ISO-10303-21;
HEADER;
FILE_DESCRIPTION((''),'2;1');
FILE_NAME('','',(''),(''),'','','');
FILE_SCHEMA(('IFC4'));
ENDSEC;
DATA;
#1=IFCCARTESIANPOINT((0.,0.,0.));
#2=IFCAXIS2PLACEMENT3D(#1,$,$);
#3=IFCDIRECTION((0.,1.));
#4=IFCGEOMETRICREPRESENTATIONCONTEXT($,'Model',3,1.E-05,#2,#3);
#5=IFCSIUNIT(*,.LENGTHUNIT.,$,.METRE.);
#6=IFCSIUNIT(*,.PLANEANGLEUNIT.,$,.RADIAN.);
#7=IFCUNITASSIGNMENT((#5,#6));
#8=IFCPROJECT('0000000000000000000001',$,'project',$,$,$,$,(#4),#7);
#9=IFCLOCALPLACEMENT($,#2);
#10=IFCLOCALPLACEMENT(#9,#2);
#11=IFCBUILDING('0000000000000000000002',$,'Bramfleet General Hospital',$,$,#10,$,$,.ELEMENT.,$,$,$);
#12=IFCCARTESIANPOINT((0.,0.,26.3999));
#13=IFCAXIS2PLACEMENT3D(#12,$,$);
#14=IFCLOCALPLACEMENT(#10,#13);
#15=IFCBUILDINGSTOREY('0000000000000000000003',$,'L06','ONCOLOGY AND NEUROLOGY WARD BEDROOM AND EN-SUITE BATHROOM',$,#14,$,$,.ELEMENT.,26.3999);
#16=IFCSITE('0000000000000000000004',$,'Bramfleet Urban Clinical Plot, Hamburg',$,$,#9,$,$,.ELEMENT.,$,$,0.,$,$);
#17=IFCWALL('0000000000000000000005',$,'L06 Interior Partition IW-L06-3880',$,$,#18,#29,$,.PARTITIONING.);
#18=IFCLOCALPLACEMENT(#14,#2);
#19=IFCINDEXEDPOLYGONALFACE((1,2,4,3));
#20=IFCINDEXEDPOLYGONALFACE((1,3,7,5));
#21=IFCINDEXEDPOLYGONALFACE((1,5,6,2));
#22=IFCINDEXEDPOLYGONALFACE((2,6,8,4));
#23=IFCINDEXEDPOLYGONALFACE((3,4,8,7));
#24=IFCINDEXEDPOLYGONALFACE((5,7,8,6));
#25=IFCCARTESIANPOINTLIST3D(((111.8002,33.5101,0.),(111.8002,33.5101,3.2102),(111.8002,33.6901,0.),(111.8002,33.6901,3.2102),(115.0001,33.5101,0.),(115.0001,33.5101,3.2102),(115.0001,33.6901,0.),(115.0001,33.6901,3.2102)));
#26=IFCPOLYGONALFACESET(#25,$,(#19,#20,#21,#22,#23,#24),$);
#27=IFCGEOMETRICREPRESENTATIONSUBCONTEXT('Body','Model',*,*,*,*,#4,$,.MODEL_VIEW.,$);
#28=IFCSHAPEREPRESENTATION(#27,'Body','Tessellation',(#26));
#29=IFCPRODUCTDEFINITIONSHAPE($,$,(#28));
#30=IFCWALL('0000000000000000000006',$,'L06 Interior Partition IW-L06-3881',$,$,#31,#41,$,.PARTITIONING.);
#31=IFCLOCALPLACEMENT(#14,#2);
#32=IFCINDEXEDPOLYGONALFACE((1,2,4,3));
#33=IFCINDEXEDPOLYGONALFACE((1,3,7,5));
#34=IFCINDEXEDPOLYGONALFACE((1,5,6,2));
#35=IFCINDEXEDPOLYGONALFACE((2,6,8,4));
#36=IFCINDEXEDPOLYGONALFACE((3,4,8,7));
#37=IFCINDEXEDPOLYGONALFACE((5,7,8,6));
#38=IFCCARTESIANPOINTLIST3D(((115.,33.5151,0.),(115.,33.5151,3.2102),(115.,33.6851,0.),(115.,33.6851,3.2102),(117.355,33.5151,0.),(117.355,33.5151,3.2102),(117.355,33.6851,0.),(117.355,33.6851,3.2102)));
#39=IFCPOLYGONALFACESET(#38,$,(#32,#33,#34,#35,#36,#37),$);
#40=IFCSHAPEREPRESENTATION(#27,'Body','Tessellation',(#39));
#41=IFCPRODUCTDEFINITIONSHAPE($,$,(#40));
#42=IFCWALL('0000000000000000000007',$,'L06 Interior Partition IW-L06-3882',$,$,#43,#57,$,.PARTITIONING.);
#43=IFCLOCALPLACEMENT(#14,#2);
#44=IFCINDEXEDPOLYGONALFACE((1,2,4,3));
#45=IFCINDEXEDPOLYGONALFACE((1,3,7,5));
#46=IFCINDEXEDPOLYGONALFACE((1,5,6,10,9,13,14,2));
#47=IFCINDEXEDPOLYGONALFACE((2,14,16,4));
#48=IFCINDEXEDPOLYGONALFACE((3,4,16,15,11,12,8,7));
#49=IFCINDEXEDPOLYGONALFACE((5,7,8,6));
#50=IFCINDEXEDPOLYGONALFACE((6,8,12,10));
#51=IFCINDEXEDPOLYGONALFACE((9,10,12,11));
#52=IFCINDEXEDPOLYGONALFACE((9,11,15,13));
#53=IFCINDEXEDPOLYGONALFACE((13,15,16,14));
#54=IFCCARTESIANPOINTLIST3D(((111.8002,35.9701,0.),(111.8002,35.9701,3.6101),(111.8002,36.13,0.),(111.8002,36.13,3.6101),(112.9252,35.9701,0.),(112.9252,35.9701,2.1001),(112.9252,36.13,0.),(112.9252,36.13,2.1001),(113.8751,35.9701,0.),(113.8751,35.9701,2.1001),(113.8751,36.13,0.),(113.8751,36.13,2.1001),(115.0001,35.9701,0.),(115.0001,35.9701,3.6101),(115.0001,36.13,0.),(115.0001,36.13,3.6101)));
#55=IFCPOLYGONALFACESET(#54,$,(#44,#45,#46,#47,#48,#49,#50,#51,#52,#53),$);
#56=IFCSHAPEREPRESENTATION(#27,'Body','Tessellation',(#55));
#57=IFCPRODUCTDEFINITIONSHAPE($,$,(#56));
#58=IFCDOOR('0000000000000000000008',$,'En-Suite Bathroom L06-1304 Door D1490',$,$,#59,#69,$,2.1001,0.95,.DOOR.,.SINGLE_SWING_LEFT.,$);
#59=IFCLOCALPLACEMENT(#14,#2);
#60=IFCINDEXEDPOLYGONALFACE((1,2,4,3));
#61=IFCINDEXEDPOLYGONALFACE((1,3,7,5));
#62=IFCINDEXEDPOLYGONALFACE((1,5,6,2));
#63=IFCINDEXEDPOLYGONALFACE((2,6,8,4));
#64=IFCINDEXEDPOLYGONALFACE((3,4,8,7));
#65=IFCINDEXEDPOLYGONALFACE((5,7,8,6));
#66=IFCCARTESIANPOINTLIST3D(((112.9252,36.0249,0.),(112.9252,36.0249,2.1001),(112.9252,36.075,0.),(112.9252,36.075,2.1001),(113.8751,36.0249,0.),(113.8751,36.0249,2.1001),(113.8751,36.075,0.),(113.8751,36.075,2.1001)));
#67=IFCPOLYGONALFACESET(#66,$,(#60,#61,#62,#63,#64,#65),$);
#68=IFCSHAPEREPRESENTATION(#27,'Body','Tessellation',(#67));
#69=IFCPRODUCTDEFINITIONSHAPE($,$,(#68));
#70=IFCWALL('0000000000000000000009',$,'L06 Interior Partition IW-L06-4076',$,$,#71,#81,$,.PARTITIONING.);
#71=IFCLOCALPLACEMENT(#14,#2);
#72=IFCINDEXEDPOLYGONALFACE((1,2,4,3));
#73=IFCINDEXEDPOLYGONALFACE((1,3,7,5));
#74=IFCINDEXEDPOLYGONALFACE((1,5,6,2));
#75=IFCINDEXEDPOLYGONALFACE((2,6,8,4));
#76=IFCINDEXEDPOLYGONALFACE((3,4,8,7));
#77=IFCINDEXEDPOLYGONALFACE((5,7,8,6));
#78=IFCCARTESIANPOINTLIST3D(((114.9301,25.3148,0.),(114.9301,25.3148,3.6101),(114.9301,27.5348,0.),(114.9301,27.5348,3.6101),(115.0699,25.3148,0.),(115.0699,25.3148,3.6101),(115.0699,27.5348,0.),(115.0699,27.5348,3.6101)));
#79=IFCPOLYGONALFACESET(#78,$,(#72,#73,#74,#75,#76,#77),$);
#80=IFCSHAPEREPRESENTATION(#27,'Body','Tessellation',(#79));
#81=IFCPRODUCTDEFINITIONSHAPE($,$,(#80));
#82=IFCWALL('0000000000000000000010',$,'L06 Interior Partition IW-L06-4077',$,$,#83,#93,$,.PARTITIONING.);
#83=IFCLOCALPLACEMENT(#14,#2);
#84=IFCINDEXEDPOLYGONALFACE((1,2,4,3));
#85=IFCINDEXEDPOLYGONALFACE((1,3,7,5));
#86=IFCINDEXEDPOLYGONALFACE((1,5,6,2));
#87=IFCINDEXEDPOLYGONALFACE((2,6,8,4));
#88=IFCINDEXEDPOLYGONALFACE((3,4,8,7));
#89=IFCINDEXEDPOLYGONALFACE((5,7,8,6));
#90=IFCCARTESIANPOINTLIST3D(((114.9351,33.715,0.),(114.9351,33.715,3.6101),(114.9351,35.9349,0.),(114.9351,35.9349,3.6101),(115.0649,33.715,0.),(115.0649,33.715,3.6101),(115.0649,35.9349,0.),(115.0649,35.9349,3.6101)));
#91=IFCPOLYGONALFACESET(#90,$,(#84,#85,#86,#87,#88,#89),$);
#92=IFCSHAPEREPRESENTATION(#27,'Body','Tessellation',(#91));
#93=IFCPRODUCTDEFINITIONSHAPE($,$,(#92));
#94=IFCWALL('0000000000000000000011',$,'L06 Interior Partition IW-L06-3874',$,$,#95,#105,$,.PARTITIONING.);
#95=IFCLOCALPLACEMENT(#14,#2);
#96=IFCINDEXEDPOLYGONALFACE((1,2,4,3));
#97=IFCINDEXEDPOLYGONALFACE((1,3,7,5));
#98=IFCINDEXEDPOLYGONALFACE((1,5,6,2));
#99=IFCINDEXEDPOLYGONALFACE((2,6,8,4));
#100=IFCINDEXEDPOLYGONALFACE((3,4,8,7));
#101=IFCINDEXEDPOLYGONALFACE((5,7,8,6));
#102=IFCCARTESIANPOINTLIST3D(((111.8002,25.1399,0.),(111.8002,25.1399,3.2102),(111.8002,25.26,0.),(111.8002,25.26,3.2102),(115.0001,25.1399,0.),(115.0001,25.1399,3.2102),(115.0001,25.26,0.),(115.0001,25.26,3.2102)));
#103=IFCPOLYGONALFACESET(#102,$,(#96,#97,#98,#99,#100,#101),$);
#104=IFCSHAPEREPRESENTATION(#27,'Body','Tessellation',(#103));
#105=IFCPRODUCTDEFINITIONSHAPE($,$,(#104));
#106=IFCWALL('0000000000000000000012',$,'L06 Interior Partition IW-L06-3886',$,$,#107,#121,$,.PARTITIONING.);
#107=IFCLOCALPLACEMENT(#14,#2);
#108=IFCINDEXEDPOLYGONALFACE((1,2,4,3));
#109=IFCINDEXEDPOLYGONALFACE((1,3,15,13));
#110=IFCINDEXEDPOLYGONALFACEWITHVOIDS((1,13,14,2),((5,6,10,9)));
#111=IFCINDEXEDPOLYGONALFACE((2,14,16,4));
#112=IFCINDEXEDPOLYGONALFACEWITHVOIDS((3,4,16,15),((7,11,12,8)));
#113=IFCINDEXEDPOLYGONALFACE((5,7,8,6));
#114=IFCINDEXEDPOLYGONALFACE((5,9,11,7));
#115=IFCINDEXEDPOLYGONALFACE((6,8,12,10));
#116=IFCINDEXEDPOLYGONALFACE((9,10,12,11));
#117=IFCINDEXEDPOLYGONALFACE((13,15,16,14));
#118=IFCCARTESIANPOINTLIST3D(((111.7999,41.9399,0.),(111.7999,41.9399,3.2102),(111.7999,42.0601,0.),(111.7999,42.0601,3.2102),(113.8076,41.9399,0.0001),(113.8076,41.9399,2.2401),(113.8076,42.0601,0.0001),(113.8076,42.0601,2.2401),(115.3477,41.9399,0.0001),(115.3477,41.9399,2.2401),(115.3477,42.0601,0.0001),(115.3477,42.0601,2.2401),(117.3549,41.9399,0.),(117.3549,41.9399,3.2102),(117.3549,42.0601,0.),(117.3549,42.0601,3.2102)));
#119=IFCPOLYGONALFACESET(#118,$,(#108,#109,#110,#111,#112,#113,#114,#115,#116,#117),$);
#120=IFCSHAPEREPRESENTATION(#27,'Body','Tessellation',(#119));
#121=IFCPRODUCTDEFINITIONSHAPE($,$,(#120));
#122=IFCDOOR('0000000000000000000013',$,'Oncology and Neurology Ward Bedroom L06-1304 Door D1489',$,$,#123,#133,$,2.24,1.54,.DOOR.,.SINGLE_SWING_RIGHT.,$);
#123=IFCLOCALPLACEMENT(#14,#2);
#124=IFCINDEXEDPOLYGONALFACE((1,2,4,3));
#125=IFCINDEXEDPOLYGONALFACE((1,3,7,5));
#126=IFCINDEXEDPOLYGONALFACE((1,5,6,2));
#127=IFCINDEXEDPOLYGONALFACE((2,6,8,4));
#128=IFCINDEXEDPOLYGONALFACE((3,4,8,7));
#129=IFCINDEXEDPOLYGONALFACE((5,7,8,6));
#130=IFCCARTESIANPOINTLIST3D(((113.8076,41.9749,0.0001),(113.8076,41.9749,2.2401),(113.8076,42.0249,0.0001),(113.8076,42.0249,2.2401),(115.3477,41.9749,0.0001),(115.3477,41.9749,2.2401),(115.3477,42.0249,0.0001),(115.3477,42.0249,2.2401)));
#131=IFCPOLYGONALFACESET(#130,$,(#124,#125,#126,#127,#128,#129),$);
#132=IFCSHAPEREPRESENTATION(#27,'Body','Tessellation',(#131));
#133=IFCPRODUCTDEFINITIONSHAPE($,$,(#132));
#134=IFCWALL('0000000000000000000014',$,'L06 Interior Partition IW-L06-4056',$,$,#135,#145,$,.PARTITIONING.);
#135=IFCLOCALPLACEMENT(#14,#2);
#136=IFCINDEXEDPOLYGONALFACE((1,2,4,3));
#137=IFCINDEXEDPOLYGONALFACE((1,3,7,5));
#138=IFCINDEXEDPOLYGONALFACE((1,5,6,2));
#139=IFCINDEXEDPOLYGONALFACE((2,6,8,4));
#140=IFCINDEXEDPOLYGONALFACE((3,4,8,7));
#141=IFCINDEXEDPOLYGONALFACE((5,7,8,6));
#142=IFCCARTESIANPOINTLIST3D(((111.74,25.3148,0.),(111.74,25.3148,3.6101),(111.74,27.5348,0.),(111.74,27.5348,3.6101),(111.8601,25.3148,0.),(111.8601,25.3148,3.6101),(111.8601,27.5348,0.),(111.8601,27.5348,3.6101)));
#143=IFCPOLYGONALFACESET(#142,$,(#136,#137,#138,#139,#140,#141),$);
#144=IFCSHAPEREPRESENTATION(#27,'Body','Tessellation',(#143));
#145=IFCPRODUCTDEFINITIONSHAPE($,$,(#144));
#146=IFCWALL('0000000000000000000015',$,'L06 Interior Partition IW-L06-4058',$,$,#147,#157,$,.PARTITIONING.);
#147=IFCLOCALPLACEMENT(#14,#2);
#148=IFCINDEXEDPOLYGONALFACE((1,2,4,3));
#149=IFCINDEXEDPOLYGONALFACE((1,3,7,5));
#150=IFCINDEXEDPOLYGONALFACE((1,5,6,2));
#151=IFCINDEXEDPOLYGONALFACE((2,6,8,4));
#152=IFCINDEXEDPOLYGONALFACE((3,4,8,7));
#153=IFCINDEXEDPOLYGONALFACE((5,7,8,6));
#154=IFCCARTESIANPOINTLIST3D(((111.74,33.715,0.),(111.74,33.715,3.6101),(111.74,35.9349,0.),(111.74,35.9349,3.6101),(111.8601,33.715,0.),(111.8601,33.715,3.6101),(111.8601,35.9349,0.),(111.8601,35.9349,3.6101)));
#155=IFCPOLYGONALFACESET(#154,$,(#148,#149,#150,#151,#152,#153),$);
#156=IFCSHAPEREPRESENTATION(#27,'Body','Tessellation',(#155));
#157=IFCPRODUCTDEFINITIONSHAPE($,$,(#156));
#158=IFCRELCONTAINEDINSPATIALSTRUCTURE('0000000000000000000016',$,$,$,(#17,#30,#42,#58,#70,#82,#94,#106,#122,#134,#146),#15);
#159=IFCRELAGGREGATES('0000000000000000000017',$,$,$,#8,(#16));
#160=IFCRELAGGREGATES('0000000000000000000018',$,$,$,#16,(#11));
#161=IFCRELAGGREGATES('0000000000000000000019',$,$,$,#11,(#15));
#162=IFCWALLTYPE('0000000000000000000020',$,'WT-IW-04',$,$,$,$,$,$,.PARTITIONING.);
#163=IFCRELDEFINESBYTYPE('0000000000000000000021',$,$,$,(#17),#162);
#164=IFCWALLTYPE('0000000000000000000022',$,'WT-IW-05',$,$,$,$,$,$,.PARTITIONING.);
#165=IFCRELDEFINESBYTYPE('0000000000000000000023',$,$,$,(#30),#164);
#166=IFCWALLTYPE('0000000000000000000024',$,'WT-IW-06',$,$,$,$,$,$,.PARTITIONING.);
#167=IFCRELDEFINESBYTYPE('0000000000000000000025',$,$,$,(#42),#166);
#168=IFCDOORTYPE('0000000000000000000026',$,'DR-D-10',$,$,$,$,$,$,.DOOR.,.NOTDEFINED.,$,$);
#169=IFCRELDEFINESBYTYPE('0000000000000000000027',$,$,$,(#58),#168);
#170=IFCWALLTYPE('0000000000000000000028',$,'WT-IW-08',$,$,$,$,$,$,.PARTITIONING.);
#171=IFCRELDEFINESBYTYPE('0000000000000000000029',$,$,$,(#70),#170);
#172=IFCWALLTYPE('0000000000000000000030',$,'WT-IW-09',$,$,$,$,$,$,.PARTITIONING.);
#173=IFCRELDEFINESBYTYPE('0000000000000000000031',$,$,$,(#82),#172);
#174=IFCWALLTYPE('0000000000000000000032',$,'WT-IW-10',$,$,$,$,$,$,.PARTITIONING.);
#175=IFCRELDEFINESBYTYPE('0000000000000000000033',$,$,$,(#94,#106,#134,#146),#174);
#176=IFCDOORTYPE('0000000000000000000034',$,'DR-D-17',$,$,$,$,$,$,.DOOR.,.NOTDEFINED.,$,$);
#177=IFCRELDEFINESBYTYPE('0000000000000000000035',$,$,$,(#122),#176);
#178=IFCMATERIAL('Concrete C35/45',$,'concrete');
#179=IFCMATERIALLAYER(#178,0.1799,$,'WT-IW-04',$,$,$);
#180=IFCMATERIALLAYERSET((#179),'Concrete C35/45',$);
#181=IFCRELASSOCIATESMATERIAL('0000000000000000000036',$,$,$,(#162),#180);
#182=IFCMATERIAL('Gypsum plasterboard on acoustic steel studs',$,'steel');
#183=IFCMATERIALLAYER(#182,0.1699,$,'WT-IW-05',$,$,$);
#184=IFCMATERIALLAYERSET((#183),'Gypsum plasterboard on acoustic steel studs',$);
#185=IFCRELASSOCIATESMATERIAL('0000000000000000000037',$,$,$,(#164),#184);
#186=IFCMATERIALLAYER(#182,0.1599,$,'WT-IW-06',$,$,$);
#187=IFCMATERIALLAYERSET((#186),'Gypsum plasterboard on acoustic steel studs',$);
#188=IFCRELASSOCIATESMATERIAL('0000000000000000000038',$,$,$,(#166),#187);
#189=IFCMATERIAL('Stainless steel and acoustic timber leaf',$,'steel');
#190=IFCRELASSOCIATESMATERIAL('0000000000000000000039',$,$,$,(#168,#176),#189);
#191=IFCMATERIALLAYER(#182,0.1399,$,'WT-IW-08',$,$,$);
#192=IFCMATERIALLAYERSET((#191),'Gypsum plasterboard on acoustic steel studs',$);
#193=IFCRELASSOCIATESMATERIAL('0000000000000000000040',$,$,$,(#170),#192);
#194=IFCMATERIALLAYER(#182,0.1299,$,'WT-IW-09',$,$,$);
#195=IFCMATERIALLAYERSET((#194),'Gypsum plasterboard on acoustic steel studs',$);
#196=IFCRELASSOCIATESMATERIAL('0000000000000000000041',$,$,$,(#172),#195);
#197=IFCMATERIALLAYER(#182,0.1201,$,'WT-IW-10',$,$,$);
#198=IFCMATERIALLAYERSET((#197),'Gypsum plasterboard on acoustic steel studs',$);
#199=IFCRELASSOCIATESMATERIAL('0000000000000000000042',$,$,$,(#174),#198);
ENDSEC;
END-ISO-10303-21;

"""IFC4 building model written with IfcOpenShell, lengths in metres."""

from ifc_helpers import new_model, si_unit, direction, frame, frame_2d, origin, place, context, subcontext, project, spatial, rectangle, extrude, material, layer, layer_set, type_object, element, fill, save


model = new_model("IFC4")

# Units and contexts
model_context = context("Model", 3, precision=1e-05, world=origin(), true_north=direction((0.0, 1.0)))
body_context = subcontext(model_context, "Body", "Model", "MODEL_VIEW")
ifc_project = project(units=[si_unit("LENGTHUNIT", "METRE"), si_unit("PLANEANGLEUNIT", "RADIAN")], contexts=[model_context])

# Site, building, storey
site_placement = place(None, origin())
site = spatial("IfcSite", under=ifc_project, at=site_placement, Name="Bramfleet Urban Clinical Plot, Hamburg", CompositionType="ELEMENT", RefElevation=0.0)
building_placement = place(site_placement, origin())
building = spatial("IfcBuilding", under=site, at=building_placement, Name="Bramfleet General Hospital", CompositionType="ELEMENT")
storey_placement = place(building_placement, frame((0.0, 0.0, 26.3999)))
storey = spatial("IfcBuildingStorey", under=building, at=storey_placement, Name="L06", Description="ONCOLOGY AND NEUROLOGY WARD BEDROOM AND EN-SUITE BATHROOM", CompositionType="ELEMENT", Elevation=26.3999)

# Walls
ifc_material_1 = material(Name="Concrete C35/45", Category="concrete")
ifc_layer_1 = layer(ifc_material_1, 0.1799, Name="WT-IW-04")
ifc_layer_set_1 = layer_set([ifc_layer_1], Name="Concrete C35/45")
wall_type_1 = type_object("IfcWallType", Name="WT-IW-04", PredefinedType="PARTITIONING", material=ifc_layer_set_1)
wall_1_placement = place(storey_placement, frame((111.8, 33.6001, 0.0), z_axis=(0.0, 0.0, 1.0), x_axis=(1.0, 0.0, 0.0)))
element("IfcWall", 1, at=wall_1_placement, inside=storey, type_object=wall_type_1, Name="L06 Interior Partition IW-L06-3880", PredefinedType="PARTITIONING", context=body_context, shape_type="SweptSolid", body=[
    extrude(rectangle(XDim=3.2, YDim=0.1799, at=frame_2d((1.6001, 0.0))), origin(), (0.0, 0.0, 1.0), 3.2102),
])
ifc_material_2 = material(Name="Gypsum plasterboard on acoustic steel studs", Category="steel")
ifc_layer_2 = layer(ifc_material_2, 0.1699, Name="WT-IW-05")
ifc_layer_set_2 = layer_set([ifc_layer_2], Name="Gypsum plasterboard on acoustic steel studs")
wall_type_2 = type_object("IfcWallType", Name="WT-IW-05", PredefinedType="PARTITIONING", material=ifc_layer_set_2)
wall_2_placement = place(storey_placement, frame((115.0, 33.6001, 0.0), z_axis=(0.0, 0.0, 1.0), x_axis=(1.0, 0.0, 0.0)))
element("IfcWall", 2, at=wall_2_placement, inside=storey, type_object=wall_type_2, Name="L06 Interior Partition IW-L06-3881", PredefinedType="PARTITIONING", context=body_context, shape_type="SweptSolid", body=[
    extrude(rectangle(XDim=2.355, YDim=0.1699, at=frame_2d((1.1775, 0.0))), origin(), (0.0, 0.0, 1.0), 3.2102),
])

# Wall, opening, door
ifc_layer_3 = layer(ifc_material_2, 0.1599, Name="WT-IW-06")
ifc_layer_set_3 = layer_set([ifc_layer_3], Name="Gypsum plasterboard on acoustic steel studs")
wall_type_3 = type_object("IfcWallType", Name="WT-IW-06", PredefinedType="PARTITIONING", material=ifc_layer_set_3)
wall_3_placement = place(storey_placement, frame((111.8, 36.05, 0.0), z_axis=(0.0, 0.0, 1.0), x_axis=(1.0, 0.0, 0.0)))
wall_3 = element("IfcWall", 3, at=wall_3_placement, inside=storey, type_object=wall_type_3, Name="L06 Interior Partition IW-L06-3882", PredefinedType="PARTITIONING", context=body_context, shape_type="SweptSolid", body=[
    extrude(rectangle(XDim=3.2, YDim=0.1599, at=frame_2d((1.6001, 0.0))), origin(), (0.0, 0.0, 1.0), 3.6101),
])
opening_1_placement = place(wall_3_placement, frame((1.125, 0.0, 0.0)))
opening_1 = element("IfcOpeningElement", 4, at=opening_1_placement, cuts=wall_3, PredefinedType="OPENING", context=body_context, shape_type="SweptSolid", body=[
    extrude(rectangle(XDim=0.95, YDim=2.1001, at=frame_2d((0.4751, 1.05))), frame((0.0, 0.0898, 0.0), z_axis=(0.0, -1.0, 0.0), x_axis=(1.0, 0.0, 0.0)), (0.0, 0.0, 1.0), 0.1799),
])
ifc_material_3 = material(Name="Stainless steel and acoustic timber leaf", Category="steel")
door_type_1 = type_object("IfcDoorType", Name="DR-D-10", OperationType="NOTDEFINED", PredefinedType="DOOR", material=ifc_material_3)
door_1_placement = place(opening_1_placement, origin())
door_1 = element("IfcDoor", 5, at=door_1_placement, inside=storey, type_object=door_type_1, Name="En-Suite Bathroom L06-1304 Door D1490", OperationType="SINGLE_SWING_LEFT", OverallHeight=2.1001, OverallWidth=0.95, PredefinedType="DOOR", context=body_context, shape_type="SweptSolid", body=[
    extrude(rectangle(XDim=0.95, YDim=2.1001, at=frame_2d((0.4751, 1.05))), frame((0.0, 0.0249, 0.0), z_axis=(0.0, -1.0, 0.0), x_axis=(1.0, 0.0, 0.0)), (0.0, 0.0, 1.0), 0.05),
])
fill(opening_1, door_1)

# Walls
ifc_layer_4 = layer(ifc_material_2, 0.1399, Name="WT-IW-08")
ifc_layer_set_4 = layer_set([ifc_layer_4], Name="Gypsum plasterboard on acoustic steel studs")
wall_type_4 = type_object("IfcWallType", Name="WT-IW-08", PredefinedType="PARTITIONING", material=ifc_layer_set_4)
wall_4_placement = place(storey_placement, frame((115.0, 25.3149, 0.0), z_axis=(0.0, 0.0, 1.0), x_axis=(0.0, 1.0, 0.0)))
element("IfcWall", 6, at=wall_4_placement, inside=storey, type_object=wall_type_4, Name="L06 Interior Partition IW-L06-4076", PredefinedType="PARTITIONING", context=body_context, shape_type="SweptSolid", body=[
    extrude(rectangle(XDim=2.22, YDim=0.1399, at=frame_2d((1.1099, 0.0))), origin(), (0.0, 0.0, 1.0), 3.6101),
])
ifc_layer_5 = layer(ifc_material_2, 0.1299, Name="WT-IW-09")
ifc_layer_set_5 = layer_set([ifc_layer_5], Name="Gypsum plasterboard on acoustic steel studs")
wall_type_5 = type_object("IfcWallType", Name="WT-IW-09", PredefinedType="PARTITIONING", material=ifc_layer_set_5)
wall_5_placement = place(storey_placement, frame((115.0, 33.7151, 0.0), z_axis=(0.0, 0.0, 1.0), x_axis=(0.0, 1.0, 0.0)))
element("IfcWall", 7, at=wall_5_placement, inside=storey, type_object=wall_type_5, Name="L06 Interior Partition IW-L06-4077", PredefinedType="PARTITIONING", context=body_context, shape_type="SweptSolid", body=[
    extrude(rectangle(XDim=2.22, YDim=0.1299, at=frame_2d((1.1099, 0.0))), origin(), (0.0, 0.0, 1.0), 3.6101),
])
ifc_layer_6 = layer(ifc_material_2, 0.1201, Name="WT-IW-10")
ifc_layer_set_6 = layer_set([ifc_layer_6], Name="Gypsum plasterboard on acoustic steel studs")
wall_type_6 = type_object("IfcWallType", Name="WT-IW-10", PredefinedType="PARTITIONING", material=ifc_layer_set_6)
wall_6_placement = place(storey_placement, frame((111.8, 25.2, 0.0), z_axis=(0.0, 0.0, 1.0), x_axis=(1.0, 0.0, 0.0)))
element("IfcWall", 8, at=wall_6_placement, inside=storey, type_object=wall_type_6, Name="L06 Interior Partition IW-L06-3874", PredefinedType="PARTITIONING", context=body_context, shape_type="SweptSolid", body=[
    extrude(rectangle(XDim=3.2, YDim=0.1201, at=frame_2d((1.6001, 0.0))), origin(), (0.0, 0.0, 1.0), 3.2102),
])

# Wall, opening, door
wall_7_placement = place(storey_placement, frame((111.8, 42.0, 0.0), z_axis=(0.0, 0.0, 1.0), x_axis=(1.0, 0.0, 0.0)))
wall_7 = element("IfcWall", 9, at=wall_7_placement, inside=storey, type_object=wall_type_6, Name="L06 Interior Partition IW-L06-3886", PredefinedType="PARTITIONING", context=body_context, shape_type="SweptSolid", body=[
    extrude(rectangle(XDim=5.5549, YDim=0.1201, at=frame_2d((2.7773, 0.0))), origin(), (0.0, 0.0, 1.0), 3.2102),
])
opening_2_placement = place(wall_7_placement, frame((2.0076, 0.0, 0.0)))
opening_2 = element("IfcOpeningElement", 10, at=opening_2_placement, cuts=wall_7, PredefinedType="OPENING", context=body_context, shape_type="SweptSolid", body=[
    extrude(rectangle(XDim=1.54, YDim=2.24, at=frame_2d((0.77, 1.1201))), frame((0.0, 0.0701, 0.0), z_axis=(0.0, -1.0, 0.0), x_axis=(1.0, 0.0, 0.0)), (0.0, 0.0, 1.0), 0.1401),
])
door_type_2 = type_object("IfcDoorType", Name="DR-D-17", OperationType="NOTDEFINED", PredefinedType="DOOR", material=ifc_material_3)
door_2_placement = place(opening_2_placement, origin())
door_2 = element("IfcDoor", 11, at=door_2_placement, inside=storey, type_object=door_type_2, Name="Oncology and Neurology Ward Bedroom L06-1304 Door D1489", OperationType="SINGLE_SWING_RIGHT", OverallHeight=2.24, OverallWidth=1.54, PredefinedType="DOOR", context=body_context, shape_type="SweptSolid", body=[
    extrude(rectangle(XDim=1.54, YDim=2.24, at=frame_2d((0.77, 1.1201))), frame((0.0, 0.0249, 0.0), z_axis=(0.0, -1.0, 0.0), x_axis=(1.0, 0.0, 0.0)), (0.0, 0.0, 1.0), 0.05),
])
fill(opening_2, door_2)

# Walls
for number, where, z_axis, x_axis, name in (
    (12, (111.8, 25.3149, 0.0), (0.0, 0.0, 1.0), (0.0, 1.0, 0.0), "L06 Interior Partition IW-L06-4056"),
    (13, (111.8, 33.7151, 0.0), (0.0, 0.0, 1.0), (0.0, 1.0, 0.0), "L06 Interior Partition IW-L06-4058"),
):
    element("IfcWall", number, at=place(storey_placement, frame(where, z_axis=z_axis, x_axis=x_axis)), inside=storey, type_object=wall_type_6, Name=name, PredefinedType="PARTITIONING", context=body_context, shape_type="SweptSolid", body=[
        extrude(rectangle(XDim=2.22, YDim=0.1201, at=frame_2d((1.1099, 0.0))), origin(), (0.0, 0.0, 1.0), 3.6101),
    ])

save(model, "model.ifc")
